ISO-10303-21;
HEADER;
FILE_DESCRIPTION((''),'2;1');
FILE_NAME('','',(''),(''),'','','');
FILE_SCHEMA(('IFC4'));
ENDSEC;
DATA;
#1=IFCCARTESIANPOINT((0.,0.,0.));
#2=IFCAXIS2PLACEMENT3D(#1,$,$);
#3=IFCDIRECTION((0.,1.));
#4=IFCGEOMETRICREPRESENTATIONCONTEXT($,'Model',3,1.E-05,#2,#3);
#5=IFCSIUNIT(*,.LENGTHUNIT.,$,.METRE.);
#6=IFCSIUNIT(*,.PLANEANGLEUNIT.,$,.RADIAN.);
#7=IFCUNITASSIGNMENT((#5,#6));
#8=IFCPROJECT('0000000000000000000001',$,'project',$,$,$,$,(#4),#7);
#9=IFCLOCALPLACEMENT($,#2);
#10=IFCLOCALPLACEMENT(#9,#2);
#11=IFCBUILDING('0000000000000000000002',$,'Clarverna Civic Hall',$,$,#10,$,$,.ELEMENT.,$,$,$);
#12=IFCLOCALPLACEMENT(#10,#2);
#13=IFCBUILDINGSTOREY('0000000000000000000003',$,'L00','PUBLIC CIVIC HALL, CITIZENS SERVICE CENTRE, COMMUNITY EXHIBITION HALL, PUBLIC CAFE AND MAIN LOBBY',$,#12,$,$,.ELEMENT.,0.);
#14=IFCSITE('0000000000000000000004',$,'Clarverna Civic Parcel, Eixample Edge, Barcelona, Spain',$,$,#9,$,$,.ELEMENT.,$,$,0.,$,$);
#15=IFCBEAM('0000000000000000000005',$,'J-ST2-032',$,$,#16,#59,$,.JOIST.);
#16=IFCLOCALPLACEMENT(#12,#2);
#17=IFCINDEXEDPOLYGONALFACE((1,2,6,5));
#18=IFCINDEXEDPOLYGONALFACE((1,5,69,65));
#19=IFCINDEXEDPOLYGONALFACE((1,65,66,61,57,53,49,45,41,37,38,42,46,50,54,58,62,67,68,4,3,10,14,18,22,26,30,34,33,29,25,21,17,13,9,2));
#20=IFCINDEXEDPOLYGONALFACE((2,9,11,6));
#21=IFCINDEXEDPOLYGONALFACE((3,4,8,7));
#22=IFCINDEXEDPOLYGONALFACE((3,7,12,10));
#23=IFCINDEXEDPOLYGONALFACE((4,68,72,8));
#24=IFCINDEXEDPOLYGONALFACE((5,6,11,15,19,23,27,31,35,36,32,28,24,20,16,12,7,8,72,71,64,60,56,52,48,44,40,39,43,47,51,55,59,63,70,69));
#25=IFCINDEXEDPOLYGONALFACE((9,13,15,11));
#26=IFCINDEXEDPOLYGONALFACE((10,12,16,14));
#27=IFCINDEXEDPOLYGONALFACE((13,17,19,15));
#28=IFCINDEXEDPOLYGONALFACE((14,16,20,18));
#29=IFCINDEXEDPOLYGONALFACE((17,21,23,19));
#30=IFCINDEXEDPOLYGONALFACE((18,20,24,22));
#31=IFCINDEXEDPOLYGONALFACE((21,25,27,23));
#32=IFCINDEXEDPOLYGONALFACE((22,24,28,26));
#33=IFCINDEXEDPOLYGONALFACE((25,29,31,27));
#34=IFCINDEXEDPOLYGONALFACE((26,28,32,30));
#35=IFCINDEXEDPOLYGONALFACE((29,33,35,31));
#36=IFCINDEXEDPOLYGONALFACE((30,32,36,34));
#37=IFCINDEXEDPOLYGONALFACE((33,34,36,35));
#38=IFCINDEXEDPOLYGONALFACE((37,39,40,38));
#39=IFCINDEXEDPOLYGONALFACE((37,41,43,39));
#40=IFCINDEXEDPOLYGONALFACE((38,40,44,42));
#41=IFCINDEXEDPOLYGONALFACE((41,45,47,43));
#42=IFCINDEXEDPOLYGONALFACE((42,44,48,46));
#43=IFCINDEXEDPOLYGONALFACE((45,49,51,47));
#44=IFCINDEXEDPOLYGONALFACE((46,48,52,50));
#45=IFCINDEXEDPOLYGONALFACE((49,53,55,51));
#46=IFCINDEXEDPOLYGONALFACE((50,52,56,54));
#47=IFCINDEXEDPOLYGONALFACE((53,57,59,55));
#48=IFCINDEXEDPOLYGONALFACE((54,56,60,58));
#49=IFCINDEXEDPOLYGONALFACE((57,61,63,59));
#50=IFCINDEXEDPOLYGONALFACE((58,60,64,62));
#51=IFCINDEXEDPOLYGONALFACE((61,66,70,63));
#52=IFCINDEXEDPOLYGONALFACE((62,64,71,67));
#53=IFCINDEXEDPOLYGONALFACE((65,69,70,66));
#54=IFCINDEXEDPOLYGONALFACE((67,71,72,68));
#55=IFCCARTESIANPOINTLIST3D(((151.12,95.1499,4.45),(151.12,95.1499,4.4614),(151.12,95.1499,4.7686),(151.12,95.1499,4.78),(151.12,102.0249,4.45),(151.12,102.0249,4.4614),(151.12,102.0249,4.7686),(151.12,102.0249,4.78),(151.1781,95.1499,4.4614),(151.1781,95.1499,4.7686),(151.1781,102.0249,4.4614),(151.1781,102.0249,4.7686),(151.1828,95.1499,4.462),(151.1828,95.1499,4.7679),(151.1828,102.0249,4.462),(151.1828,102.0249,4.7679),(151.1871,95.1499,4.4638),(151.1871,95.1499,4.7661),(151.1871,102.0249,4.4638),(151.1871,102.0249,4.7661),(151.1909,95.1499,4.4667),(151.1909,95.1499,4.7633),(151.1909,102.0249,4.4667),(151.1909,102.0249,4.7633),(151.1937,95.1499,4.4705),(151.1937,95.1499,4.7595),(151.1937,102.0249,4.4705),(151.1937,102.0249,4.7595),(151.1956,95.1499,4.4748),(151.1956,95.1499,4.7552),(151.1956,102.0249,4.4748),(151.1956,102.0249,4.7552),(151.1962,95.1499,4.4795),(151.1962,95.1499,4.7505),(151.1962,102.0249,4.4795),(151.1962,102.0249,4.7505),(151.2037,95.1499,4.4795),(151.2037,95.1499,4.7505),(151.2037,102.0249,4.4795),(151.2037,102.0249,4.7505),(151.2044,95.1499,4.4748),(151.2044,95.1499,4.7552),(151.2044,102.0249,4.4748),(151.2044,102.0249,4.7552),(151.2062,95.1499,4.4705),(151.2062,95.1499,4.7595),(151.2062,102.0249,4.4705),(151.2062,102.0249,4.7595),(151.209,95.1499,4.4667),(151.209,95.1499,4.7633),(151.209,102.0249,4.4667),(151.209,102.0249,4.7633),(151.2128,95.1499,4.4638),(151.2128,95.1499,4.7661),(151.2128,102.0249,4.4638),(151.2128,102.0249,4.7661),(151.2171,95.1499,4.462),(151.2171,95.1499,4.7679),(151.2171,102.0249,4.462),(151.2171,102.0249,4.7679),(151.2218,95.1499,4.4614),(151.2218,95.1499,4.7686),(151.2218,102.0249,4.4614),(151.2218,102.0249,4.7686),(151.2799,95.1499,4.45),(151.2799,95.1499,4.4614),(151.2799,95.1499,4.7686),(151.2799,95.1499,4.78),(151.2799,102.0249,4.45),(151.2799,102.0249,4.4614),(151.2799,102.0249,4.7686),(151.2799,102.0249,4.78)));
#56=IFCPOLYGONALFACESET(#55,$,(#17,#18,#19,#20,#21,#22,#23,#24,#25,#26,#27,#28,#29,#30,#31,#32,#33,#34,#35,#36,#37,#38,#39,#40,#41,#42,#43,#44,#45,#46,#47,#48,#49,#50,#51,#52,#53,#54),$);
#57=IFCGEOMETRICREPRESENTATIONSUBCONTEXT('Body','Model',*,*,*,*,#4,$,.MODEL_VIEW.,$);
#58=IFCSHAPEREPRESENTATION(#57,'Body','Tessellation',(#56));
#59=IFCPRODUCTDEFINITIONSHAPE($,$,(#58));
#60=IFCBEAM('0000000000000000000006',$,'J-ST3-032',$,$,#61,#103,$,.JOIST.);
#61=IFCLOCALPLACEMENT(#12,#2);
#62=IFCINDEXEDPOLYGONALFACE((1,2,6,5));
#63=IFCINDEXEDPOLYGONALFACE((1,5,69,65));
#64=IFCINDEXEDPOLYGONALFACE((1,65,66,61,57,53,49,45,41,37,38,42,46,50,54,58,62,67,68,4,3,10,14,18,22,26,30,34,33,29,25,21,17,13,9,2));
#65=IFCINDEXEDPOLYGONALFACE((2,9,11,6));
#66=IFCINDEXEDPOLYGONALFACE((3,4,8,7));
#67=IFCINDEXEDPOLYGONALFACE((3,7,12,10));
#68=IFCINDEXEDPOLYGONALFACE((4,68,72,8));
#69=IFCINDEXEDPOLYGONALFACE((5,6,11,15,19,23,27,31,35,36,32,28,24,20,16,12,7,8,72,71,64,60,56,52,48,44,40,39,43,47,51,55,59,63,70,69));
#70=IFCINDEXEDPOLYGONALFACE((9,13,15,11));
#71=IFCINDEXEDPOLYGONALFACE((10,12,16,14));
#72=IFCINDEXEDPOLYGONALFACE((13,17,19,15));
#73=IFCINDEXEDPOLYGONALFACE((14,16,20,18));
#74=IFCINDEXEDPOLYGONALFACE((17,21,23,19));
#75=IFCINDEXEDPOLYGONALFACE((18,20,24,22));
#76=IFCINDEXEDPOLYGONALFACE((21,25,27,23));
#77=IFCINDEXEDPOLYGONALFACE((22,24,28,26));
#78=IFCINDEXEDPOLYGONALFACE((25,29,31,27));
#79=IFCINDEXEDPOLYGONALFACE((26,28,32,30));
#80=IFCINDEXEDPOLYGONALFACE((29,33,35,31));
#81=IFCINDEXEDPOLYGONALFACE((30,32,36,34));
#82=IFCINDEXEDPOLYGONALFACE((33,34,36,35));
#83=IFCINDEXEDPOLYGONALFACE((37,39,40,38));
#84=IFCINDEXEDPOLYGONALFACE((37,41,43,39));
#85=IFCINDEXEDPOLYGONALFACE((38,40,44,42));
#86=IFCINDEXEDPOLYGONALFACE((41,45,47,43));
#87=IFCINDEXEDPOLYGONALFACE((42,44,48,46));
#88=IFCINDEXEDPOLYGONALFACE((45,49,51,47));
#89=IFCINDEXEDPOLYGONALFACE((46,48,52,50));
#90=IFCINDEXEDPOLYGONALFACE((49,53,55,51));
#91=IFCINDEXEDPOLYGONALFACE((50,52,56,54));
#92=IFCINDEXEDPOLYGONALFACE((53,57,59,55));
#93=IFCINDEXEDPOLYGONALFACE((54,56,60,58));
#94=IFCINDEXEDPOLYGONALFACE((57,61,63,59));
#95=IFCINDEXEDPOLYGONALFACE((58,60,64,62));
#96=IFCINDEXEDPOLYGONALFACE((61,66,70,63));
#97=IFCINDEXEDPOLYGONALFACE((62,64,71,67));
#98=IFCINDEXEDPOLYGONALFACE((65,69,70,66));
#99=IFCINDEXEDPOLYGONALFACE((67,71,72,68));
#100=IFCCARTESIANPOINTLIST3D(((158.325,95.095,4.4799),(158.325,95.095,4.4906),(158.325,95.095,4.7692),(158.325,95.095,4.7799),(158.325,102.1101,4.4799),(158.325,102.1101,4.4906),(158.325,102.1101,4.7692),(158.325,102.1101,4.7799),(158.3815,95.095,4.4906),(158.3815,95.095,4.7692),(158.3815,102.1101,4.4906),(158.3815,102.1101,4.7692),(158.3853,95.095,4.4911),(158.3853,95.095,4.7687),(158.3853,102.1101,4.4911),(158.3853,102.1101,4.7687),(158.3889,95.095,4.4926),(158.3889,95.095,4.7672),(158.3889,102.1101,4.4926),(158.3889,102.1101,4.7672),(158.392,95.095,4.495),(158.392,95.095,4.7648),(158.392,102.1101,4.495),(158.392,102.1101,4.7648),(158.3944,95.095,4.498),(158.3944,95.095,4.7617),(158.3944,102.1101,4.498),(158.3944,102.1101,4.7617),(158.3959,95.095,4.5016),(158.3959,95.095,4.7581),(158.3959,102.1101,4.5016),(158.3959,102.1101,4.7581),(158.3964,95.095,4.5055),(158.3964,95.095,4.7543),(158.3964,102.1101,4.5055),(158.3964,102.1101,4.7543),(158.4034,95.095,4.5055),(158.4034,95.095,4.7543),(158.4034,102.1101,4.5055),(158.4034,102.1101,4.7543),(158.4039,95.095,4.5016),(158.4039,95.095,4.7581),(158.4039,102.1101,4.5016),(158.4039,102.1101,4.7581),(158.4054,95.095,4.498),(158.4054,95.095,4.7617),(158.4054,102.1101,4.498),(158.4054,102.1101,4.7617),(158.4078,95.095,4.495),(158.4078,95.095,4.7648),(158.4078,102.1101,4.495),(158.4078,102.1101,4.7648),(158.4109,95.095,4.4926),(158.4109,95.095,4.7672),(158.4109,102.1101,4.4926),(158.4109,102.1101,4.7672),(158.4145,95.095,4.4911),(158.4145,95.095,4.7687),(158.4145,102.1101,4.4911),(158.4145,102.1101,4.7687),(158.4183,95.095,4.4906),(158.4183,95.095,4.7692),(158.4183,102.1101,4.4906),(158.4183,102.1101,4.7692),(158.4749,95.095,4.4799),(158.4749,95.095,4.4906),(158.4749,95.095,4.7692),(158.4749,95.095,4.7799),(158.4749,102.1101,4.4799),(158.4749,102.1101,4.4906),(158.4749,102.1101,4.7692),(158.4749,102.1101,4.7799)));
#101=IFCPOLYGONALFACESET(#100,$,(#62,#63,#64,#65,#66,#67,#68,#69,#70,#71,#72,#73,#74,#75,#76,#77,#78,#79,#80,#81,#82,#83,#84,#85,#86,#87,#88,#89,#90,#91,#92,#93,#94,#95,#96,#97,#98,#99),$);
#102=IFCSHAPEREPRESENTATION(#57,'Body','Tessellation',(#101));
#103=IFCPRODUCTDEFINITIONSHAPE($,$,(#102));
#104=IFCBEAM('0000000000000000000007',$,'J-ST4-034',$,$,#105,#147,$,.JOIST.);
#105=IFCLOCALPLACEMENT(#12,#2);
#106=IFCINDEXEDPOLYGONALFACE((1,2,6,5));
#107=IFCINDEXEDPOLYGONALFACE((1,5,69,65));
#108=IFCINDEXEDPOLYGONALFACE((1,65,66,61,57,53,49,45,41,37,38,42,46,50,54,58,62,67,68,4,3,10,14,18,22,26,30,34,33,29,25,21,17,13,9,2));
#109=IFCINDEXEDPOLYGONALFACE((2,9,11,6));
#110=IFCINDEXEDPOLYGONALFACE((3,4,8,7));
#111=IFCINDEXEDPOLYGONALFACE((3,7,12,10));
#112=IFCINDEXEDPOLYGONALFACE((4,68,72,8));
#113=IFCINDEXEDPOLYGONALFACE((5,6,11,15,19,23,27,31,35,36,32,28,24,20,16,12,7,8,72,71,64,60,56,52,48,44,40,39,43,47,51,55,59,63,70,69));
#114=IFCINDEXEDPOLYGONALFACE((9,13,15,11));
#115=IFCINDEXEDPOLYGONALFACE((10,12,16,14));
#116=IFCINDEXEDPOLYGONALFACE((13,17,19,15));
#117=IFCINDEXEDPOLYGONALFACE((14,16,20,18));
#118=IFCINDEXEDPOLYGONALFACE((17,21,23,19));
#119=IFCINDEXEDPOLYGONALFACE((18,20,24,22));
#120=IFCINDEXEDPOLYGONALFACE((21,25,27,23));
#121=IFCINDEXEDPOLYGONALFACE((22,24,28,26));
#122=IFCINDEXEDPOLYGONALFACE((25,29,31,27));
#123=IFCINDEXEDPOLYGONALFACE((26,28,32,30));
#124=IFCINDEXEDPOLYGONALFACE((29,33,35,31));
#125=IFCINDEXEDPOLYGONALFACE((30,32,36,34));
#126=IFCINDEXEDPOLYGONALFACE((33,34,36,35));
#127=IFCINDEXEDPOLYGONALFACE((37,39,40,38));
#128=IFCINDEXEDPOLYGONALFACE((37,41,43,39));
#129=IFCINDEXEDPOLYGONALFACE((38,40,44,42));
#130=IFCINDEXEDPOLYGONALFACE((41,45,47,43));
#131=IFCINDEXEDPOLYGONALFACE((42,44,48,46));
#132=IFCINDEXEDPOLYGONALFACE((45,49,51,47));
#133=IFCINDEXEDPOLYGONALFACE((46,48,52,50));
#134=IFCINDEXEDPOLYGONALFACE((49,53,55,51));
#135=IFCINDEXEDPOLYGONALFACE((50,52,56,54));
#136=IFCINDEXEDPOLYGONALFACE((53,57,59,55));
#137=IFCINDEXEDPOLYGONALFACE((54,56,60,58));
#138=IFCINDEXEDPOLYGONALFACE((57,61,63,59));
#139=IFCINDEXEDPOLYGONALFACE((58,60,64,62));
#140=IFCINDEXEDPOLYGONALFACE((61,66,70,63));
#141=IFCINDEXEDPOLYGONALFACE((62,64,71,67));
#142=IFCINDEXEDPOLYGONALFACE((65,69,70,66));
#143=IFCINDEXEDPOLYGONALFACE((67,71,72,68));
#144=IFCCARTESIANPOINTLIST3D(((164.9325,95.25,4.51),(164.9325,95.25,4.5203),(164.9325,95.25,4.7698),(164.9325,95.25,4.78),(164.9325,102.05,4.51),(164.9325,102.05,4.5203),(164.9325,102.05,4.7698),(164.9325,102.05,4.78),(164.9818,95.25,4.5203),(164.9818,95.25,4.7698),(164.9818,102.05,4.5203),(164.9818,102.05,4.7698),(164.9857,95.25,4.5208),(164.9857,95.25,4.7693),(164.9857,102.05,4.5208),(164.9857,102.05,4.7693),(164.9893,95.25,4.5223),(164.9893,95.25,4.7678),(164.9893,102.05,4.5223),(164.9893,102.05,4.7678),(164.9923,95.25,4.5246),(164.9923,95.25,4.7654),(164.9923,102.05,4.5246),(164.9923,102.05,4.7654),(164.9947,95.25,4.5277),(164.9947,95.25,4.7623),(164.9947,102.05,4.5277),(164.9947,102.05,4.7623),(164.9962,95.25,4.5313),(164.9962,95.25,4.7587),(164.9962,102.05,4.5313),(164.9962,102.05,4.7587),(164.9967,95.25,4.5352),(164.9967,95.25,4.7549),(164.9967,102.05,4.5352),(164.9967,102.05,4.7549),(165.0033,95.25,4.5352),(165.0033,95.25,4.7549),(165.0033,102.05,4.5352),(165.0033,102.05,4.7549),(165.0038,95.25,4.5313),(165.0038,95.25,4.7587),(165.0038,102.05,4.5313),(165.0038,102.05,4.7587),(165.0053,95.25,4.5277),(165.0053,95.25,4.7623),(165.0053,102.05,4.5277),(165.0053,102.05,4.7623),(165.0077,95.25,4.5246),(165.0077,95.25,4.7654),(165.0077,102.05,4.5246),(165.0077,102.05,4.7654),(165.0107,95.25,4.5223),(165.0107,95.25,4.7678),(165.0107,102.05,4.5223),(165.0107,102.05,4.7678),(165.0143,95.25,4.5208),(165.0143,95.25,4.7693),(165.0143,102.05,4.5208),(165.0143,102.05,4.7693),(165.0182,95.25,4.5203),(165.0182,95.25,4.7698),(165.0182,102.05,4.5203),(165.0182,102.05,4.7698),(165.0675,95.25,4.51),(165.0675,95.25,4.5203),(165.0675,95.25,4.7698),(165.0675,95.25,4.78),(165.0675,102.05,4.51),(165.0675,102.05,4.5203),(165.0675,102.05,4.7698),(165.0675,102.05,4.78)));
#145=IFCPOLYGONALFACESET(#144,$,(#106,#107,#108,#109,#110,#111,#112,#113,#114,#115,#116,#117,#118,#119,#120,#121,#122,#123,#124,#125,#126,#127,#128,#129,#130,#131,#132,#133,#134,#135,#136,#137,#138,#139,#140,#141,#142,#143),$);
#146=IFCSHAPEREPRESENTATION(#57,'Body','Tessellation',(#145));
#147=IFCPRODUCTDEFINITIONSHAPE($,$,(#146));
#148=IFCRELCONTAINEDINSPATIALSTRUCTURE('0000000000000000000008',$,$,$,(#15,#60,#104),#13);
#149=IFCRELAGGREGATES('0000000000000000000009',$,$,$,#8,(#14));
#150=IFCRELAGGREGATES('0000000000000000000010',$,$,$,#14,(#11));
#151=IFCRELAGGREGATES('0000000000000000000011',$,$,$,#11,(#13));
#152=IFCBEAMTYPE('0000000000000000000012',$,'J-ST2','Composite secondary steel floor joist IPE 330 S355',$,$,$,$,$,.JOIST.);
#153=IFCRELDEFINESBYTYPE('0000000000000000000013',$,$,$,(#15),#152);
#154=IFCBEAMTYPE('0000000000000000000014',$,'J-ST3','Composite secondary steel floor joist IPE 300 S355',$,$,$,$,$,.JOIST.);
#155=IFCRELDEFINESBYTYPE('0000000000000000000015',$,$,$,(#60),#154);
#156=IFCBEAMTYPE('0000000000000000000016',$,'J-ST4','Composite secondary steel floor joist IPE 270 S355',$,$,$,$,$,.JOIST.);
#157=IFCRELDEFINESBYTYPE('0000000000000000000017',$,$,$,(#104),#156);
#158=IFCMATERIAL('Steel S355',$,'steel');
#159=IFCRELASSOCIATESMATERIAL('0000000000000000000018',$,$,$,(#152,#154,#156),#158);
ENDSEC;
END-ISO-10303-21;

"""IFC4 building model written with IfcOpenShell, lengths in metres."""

from ifc_helpers import new_model, si_unit, direction, frame, origin, origin_2d, place, context, subcontext, project, spatial, i_section, extrude, material, material_profile, profile_set, type_object, element, save


model = new_model("IFC4")

# Units and contexts
model_context = context("Model", 3, precision=1e-05, world=origin(), true_north=direction((0.0, 1.0)))
body_context = subcontext(model_context, "Body", "Model", "MODEL_VIEW")
ifc_project = project(units=[si_unit("LENGTHUNIT", "METRE"), si_unit("PLANEANGLEUNIT", "RADIAN")], contexts=[model_context])

# Site, building, storey
site_placement = place(None, origin())
site = spatial("IfcSite", under=ifc_project, at=site_placement, Name="Clarverna Civic Parcel, Eixample Edge, Barcelona, Spain", CompositionType="ELEMENT", RefElevation=0.0)
building_placement = place(site_placement, origin())
building = spatial("IfcBuilding", under=site, at=building_placement, Name="Clarverna Civic Hall", CompositionType="ELEMENT")
storey_placement = place(building_placement, origin())
storey = spatial("IfcBuildingStorey", under=building, at=storey_placement, Name="L00", Description="PUBLIC CIVIC HALL, CITIZENS SERVICE CENTRE, COMMUNITY EXHIBITION HALL, PUBLIC CAFE AND MAIN LOBBY", CompositionType="ELEMENT", Elevation=0.0)

# Beams
ifc_material_1 = material(Name="Steel S355", Category="steel")
ifc_material_profile_1 = material_profile(ifc_material_1, i_section(OverallWidth=0.1599, OverallDepth=0.3301, WebThickness=0.0076, FlangeThickness=0.0115, FilletRadius=0.0181, at=origin_2d()), Name="IPE 330")
ifc_profile_set_1 = profile_set([ifc_material_profile_1], Name="Steel S355")
beam_type_1 = type_object("IfcBeamType", Name="J-ST2", Description="Composite secondary steel floor joist IPE 330 S355", PredefinedType="JOIST", material=ifc_profile_set_1)
beam_1_placement = place(storey_placement, frame((151.2, 95.1499, 4.615), z_axis=(0.0, 1.0, 0.0), x_axis=(-1.0, 0.0, 0.0)))
element("IfcBeam", 1, at=beam_1_placement, inside=storey, type_object=beam_type_1, Name="J-ST2-032", PredefinedType="JOIST", context=body_context, shape_type="SweptSolid", body=[
    extrude(i_section(OverallWidth=0.1599, OverallDepth=0.3301, WebThickness=0.0076, FlangeThickness=0.0115, FilletRadius=0.0181, at=origin_2d()), origin(), (0.0, 0.0, 1.0), 6.875),
])
ifc_material_profile_2 = material_profile(ifc_material_1, i_section(OverallWidth=0.1499, OverallDepth=0.3, WebThickness=0.0071, FlangeThickness=0.0107, FilletRadius=0.0149, at=origin_2d()), Name="IPE 300")
ifc_profile_set_2 = profile_set([ifc_material_profile_2], Name="Steel S355")
beam_type_2 = type_object("IfcBeamType", Name="J-ST3", Description="Composite secondary steel floor joist IPE 300 S355", PredefinedType="JOIST", material=ifc_profile_set_2)
beam_2_placement = place(storey_placement, frame((158.3999, 95.095, 4.6299), z_axis=(0.0, 1.0, 0.0), x_axis=(-1.0, 0.0, 0.0)))
element("IfcBeam", 2, at=beam_2_placement, inside=storey, type_object=beam_type_2, Name="J-ST3-032", PredefinedType="JOIST", context=body_context, shape_type="SweptSolid", body=[
    extrude(i_section(OverallWidth=0.1499, OverallDepth=0.3, WebThickness=0.0071, FlangeThickness=0.0107, FilletRadius=0.0149, at=origin_2d()), origin(), (0.0, 0.0, 1.0), 7.0151),
])
ifc_material_profile_3 = material_profile(ifc_material_1, i_section(OverallWidth=0.135, OverallDepth=0.27, WebThickness=0.0066, FlangeThickness=0.0103, FilletRadius=0.0149, at=origin_2d()), Name="IPE 270")
ifc_profile_set_3 = profile_set([ifc_material_profile_3], Name="Steel S355")
beam_type_3 = type_object("IfcBeamType", Name="J-ST4", Description="Composite secondary steel floor joist IPE 270 S355", PredefinedType="JOIST", material=ifc_profile_set_3)
beam_3_placement = place(storey_placement, frame((165.0, 95.25, 4.645), z_axis=(0.0, 1.0, 0.0), x_axis=(-1.0, 0.0, 0.0)))
element("IfcBeam", 3, at=beam_3_placement, inside=storey, type_object=beam_type_3, Name="J-ST4-034", PredefinedType="JOIST", context=body_context, shape_type="SweptSolid", body=[
    extrude(i_section(OverallWidth=0.135, OverallDepth=0.27, WebThickness=0.0066, FlangeThickness=0.0103, FilletRadius=0.0149, at=origin_2d()), origin(), (0.0, 0.0, 1.0), 6.8),
])

save(model, "model.ifc")
